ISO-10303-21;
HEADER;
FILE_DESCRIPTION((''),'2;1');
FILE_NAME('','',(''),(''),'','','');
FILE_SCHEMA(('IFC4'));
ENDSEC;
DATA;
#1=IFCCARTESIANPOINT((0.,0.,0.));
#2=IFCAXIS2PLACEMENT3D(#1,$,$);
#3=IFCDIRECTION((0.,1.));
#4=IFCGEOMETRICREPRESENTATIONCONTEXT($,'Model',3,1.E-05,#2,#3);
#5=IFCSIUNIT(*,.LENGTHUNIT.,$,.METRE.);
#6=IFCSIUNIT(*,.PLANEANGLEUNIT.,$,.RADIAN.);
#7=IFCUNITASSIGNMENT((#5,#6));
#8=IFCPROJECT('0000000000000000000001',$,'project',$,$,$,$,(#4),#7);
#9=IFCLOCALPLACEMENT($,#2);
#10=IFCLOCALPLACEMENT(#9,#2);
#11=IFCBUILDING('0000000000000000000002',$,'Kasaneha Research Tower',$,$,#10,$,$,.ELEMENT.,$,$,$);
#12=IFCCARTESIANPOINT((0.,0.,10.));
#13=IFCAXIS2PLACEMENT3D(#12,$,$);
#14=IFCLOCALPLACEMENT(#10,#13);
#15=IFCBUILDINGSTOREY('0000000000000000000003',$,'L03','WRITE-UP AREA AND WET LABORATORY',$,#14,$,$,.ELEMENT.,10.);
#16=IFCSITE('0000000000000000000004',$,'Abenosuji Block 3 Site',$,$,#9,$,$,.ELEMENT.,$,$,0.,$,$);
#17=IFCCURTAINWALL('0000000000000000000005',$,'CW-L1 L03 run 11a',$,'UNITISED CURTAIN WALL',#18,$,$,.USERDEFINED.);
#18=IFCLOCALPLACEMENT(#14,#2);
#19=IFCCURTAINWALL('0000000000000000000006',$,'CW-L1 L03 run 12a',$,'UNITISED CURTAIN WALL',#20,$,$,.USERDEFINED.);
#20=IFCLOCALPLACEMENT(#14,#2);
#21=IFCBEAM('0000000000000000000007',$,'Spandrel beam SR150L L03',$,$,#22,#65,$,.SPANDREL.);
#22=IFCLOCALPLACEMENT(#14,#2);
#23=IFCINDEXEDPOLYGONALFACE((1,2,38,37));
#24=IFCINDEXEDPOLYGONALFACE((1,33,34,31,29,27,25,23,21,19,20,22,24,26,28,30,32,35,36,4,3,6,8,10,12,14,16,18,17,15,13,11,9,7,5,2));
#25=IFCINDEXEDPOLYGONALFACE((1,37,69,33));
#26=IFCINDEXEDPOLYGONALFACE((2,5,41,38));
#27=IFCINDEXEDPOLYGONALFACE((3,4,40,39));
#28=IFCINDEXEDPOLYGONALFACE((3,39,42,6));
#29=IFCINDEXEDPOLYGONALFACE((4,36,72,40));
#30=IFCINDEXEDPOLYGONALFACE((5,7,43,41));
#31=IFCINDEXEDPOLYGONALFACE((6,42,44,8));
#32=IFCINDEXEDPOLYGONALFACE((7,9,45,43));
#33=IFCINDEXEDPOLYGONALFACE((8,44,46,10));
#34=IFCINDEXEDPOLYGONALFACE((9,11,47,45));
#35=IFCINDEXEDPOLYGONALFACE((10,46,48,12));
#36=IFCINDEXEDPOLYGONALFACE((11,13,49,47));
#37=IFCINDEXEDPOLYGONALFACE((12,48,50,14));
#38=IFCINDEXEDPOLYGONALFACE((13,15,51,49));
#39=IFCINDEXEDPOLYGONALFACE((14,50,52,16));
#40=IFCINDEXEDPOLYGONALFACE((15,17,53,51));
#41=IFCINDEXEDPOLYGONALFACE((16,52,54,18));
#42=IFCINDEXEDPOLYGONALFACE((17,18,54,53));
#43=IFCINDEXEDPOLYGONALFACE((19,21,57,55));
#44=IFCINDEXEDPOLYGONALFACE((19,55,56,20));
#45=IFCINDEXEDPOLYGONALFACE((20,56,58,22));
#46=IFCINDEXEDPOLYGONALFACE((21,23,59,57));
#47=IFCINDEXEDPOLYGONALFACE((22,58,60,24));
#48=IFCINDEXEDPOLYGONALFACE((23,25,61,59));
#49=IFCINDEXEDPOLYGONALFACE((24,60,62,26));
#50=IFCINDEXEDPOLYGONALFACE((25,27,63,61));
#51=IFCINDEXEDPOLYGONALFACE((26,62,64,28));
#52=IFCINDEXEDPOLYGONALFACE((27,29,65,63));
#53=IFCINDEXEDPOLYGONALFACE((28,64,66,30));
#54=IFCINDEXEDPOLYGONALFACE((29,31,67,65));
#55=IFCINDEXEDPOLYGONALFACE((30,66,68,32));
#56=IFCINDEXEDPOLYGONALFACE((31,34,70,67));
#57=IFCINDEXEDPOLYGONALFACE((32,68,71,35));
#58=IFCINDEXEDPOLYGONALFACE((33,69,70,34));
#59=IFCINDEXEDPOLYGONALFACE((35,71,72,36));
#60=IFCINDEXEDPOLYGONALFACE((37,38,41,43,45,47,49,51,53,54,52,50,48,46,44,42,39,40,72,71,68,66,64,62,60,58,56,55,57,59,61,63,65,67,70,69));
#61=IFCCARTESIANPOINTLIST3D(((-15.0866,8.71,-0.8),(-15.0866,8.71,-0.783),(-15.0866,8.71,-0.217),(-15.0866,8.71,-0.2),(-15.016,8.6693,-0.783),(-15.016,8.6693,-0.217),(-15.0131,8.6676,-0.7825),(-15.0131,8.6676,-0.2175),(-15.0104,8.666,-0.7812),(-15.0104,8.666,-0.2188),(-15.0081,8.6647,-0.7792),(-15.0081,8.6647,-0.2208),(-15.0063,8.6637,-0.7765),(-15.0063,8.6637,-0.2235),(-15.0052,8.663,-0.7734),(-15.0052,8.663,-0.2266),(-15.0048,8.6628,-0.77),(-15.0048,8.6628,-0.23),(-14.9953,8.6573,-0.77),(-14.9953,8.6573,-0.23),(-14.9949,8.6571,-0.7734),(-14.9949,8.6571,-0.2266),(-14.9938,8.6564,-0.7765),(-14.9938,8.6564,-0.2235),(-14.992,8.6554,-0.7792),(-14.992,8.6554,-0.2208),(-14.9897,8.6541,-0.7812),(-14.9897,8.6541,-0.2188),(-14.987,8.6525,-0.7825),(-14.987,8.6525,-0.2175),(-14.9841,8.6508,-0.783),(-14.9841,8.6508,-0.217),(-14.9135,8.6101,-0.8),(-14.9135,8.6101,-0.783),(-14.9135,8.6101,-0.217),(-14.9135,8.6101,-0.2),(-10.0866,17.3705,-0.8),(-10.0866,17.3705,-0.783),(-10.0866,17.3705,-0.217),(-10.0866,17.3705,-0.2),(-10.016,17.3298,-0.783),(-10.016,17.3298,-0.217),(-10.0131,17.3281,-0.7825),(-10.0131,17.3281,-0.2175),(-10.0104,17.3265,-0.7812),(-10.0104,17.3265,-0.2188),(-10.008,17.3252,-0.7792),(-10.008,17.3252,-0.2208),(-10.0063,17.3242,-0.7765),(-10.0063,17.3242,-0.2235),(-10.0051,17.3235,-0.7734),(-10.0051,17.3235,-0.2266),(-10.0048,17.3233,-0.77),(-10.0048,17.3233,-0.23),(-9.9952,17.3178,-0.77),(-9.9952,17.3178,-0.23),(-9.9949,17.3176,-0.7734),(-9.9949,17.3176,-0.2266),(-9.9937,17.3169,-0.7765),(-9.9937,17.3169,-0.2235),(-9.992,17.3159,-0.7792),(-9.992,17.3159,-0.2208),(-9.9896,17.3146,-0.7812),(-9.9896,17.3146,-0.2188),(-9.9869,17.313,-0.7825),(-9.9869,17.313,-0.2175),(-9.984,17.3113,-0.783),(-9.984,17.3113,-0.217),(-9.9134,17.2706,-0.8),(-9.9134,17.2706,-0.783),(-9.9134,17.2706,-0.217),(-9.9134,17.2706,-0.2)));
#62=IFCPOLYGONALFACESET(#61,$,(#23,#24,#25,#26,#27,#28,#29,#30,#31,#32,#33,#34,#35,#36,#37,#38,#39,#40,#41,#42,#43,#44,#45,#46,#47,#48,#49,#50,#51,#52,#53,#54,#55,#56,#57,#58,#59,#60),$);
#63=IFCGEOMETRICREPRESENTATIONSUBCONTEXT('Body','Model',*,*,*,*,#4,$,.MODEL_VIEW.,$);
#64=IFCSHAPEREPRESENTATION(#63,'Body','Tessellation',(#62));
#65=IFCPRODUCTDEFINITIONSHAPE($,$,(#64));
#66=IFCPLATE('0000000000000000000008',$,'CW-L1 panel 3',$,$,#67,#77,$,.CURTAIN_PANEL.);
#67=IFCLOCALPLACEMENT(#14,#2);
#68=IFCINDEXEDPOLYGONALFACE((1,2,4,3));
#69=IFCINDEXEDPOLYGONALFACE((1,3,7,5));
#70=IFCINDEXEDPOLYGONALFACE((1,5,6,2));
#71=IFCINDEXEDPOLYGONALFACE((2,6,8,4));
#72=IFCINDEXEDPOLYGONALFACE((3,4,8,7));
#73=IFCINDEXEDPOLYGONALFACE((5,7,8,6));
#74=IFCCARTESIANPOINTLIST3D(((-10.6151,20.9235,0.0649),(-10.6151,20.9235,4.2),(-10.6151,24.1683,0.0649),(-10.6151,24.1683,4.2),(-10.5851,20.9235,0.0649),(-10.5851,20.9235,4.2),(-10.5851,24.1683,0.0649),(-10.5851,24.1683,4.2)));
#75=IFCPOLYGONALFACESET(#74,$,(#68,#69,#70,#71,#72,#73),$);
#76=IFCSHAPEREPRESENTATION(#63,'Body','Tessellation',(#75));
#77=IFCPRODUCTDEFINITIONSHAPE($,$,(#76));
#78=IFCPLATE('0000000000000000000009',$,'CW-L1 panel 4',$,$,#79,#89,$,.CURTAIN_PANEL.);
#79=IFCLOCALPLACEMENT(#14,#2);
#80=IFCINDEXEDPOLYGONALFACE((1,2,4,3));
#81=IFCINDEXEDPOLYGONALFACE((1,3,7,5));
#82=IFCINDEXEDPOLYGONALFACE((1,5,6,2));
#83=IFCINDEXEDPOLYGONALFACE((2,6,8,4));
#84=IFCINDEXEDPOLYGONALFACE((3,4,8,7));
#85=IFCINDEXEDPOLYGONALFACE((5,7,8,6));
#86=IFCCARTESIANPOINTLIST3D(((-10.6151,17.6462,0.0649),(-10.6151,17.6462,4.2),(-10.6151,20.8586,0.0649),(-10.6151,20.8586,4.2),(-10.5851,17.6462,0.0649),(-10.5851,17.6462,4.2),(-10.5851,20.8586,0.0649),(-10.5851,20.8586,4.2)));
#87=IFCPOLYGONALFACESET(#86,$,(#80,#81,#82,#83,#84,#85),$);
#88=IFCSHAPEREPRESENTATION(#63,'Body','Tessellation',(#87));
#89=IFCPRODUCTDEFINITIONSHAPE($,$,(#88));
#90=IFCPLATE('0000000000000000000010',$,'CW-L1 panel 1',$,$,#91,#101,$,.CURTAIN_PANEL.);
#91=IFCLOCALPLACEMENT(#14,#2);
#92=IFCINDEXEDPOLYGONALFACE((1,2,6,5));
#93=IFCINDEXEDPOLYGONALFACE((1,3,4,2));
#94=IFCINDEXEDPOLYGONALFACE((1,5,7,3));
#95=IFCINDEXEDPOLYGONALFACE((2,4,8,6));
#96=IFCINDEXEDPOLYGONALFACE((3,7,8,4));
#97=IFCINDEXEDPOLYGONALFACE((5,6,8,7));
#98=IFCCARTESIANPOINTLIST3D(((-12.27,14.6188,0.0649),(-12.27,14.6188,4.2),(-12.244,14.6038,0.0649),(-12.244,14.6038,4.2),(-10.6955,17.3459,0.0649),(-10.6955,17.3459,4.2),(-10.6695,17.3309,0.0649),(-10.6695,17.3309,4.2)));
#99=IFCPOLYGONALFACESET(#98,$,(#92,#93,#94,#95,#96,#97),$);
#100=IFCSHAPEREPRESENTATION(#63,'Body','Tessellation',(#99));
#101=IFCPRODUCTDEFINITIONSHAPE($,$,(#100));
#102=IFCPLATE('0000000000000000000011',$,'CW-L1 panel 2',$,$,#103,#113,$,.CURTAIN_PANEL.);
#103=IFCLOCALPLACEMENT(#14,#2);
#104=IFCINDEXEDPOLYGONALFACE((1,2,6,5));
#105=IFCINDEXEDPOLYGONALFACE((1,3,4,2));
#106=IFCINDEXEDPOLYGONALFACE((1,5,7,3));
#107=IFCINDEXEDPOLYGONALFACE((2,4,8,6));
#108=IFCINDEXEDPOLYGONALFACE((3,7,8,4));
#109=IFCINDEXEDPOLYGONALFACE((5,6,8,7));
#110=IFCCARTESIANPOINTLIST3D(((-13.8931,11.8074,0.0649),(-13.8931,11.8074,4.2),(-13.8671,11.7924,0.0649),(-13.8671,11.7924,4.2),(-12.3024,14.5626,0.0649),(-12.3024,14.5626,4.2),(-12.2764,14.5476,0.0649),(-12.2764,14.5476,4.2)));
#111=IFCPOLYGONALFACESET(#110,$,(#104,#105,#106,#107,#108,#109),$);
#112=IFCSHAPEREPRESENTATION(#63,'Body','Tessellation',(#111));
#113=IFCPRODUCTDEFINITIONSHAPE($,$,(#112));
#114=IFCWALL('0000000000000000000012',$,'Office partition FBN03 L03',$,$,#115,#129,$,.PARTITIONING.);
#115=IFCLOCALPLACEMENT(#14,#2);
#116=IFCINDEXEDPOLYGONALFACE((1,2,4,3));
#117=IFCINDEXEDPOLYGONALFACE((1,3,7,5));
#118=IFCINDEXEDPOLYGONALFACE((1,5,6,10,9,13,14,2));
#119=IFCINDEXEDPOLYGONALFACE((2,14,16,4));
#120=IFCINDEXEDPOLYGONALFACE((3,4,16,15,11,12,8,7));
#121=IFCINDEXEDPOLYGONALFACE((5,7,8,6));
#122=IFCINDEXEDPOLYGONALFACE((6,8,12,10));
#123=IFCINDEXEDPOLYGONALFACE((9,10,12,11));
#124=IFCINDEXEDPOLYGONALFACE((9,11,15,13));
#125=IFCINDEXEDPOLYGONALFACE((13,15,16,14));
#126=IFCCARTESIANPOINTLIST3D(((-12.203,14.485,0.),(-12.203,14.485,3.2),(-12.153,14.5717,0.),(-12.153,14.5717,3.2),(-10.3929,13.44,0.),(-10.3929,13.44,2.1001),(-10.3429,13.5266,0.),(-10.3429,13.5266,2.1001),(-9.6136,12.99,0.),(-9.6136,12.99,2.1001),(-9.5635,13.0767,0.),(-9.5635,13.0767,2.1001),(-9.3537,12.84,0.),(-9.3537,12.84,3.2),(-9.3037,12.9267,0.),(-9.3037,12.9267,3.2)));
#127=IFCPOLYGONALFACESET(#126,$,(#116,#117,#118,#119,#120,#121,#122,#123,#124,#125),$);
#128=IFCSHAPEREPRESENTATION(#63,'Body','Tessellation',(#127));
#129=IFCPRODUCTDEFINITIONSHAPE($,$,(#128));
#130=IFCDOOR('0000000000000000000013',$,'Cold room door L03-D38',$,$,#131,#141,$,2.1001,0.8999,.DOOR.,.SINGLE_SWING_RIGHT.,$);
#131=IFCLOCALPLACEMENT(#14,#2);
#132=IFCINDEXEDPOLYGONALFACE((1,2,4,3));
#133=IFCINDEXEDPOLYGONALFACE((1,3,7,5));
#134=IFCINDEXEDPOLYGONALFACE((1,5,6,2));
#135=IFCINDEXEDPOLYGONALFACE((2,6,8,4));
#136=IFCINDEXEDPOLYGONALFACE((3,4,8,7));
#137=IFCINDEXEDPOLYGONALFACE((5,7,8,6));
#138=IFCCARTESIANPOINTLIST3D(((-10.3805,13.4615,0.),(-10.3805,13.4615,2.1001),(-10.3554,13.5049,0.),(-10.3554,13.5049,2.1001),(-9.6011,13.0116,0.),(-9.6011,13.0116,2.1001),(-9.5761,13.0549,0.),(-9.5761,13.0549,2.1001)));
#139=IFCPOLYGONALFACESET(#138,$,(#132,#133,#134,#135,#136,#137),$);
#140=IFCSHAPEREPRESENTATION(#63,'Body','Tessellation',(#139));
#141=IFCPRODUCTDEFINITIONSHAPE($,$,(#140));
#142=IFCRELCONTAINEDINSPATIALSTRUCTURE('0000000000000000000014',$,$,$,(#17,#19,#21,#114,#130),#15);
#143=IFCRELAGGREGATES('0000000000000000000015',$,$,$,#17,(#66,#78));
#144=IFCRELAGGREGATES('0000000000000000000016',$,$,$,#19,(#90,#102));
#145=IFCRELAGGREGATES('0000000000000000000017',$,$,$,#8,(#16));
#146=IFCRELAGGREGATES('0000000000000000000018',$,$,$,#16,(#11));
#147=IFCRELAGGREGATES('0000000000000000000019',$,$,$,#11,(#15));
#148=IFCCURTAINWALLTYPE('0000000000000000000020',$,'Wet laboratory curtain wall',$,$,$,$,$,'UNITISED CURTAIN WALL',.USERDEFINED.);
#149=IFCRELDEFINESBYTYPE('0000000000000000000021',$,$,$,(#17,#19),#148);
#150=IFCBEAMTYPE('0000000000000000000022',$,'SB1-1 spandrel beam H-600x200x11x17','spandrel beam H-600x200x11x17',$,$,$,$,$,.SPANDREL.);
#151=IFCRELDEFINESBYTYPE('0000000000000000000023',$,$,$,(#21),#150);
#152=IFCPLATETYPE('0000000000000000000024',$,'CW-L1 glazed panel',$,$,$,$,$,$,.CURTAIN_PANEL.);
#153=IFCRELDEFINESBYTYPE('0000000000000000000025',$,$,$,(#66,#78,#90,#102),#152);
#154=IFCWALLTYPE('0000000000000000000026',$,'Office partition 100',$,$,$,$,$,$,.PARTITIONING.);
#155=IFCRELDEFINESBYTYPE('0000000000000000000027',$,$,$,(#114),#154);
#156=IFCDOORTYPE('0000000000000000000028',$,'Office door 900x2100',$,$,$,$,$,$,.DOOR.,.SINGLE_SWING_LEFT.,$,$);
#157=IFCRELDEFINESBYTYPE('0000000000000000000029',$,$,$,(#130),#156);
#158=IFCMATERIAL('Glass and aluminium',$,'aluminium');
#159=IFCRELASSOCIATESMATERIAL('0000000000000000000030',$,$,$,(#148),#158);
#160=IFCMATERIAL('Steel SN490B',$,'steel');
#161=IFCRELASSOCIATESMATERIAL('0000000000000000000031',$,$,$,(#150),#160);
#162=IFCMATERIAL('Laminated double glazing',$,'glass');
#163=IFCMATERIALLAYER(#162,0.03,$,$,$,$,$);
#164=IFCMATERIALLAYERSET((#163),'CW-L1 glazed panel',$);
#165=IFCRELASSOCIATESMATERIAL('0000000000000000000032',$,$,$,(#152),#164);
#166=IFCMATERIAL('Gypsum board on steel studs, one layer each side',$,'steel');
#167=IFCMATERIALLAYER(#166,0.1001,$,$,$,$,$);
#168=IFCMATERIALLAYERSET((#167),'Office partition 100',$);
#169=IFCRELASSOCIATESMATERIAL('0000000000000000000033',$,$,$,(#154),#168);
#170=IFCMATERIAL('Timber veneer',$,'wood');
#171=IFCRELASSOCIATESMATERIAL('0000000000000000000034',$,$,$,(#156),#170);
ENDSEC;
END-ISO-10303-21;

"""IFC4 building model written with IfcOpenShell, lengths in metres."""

from ifc_helpers import new_model, si_unit, direction, frame, frame_2d, origin, origin_2d, place, context, subcontext, project, spatial, rectangle, i_section, extrude, material, layer, layer_set, material_profile, profile_set, type_object, element, fill, aggregate, save


model = new_model("IFC4")

# Units and contexts
model_context = context("Model", 3, precision=1e-05, world=origin(), true_north=direction((0.0, 1.0)))
body_context = subcontext(model_context, "Body", "Model", "MODEL_VIEW")
ifc_project = project(units=[si_unit("LENGTHUNIT", "METRE"), si_unit("PLANEANGLEUNIT", "RADIAN")], contexts=[model_context])

# Site, building, storey
site_placement = place(None, origin())
site = spatial("IfcSite", under=ifc_project, at=site_placement, Name="Abenosuji Block 3 Site", CompositionType="ELEMENT", RefElevation=0.0)
building_placement = place(site_placement, origin())
building = spatial("IfcBuilding", under=site, at=building_placement, Name="Kasaneha Research Tower", CompositionType="ELEMENT")
storey_placement = place(building_placement, frame((0.0, 0.0, 10.0)))
storey = spatial("IfcBuildingStorey", under=building, at=storey_placement, Name="L03", Description="WRITE-UP AREA AND WET LABORATORY", CompositionType="ELEMENT", Elevation=10.0)

# Curtain walls
ifc_material_1 = material(Name="Glass and aluminium", Category="aluminium")
curtain_wall_type = type_object("IfcCurtainWallType", Name="Wet laboratory curtain wall", ElementType="UNITISED CURTAIN WALL", PredefinedType="USERDEFINED", material=ifc_material_1)
curtain_wall_1_placement = place(storey_placement, origin())
curtain_wall_1 = element("IfcCurtainWall", 1, at=curtain_wall_1_placement, inside=storey, type_object=curtain_wall_type, Name="CW-L1 L03 run 11a", ObjectType="UNITISED CURTAIN WALL", PredefinedType="USERDEFINED")
curtain_wall_2_placement = place(storey_placement, origin())
curtain_wall_2 = element("IfcCurtainWall", 2, at=curtain_wall_2_placement, inside=storey, type_object=curtain_wall_type, Name="CW-L1 L03 run 12a", ObjectType="UNITISED CURTAIN WALL", PredefinedType="USERDEFINED")

# Beam
ifc_material_2 = material(Name="Steel SN490B", Category="steel")
ifc_material_profile_1 = material_profile(ifc_material_2, i_section(OverallWidth=0.2, OverallDepth=0.6001, WebThickness=0.011, FlangeThickness=0.0171, FilletRadius=0.0129, at=origin_2d()), Name="H-600x200x11x17")
ifc_profile_set_1 = profile_set([ifc_material_profile_1], Name="Steel SN490B")
beam_type_1 = type_object("IfcBeamType", Name="SB1-1 spandrel beam H-600x200x11x17", Description="spandrel beam H-600x200x11x17", PredefinedType="SPANDREL", material=ifc_profile_set_1)
beam_1_placement = place(storey_placement, frame((-10.0, 17.3206, -0.5), z_axis=(-0.499994, -0.866029, 0.0), x_axis=(0.866029, -0.499994, 0.0)))
element("IfcBeam", 3, at=beam_1_placement, inside=storey, type_object=beam_type_1, Name="Spandrel beam SR150L L03", PredefinedType="SPANDREL", context=body_context, shape_type="SweptSolid", body=[
    extrude(i_section(OverallWidth=0.2, OverallDepth=0.6001, WebThickness=0.011, FlangeThickness=0.0171, FilletRadius=0.0129, at=origin_2d()), origin(), (0.0, 0.0, 1.0), 10.0002),
])

# Plates
ifc_material_3 = material(Name="Laminated double glazing", Category="glass")
ifc_layer_1 = layer(ifc_material_3, 0.03)
ifc_layer_set_1 = layer_set([ifc_layer_1], Name="CW-L1 glazed panel")
plate_type = type_object("IfcPlateType", Name="CW-L1 glazed panel", PredefinedType="CURTAIN_PANEL", material=ifc_layer_set_1)
plate_1_placement = place(storey_placement, frame((-10.6001, 22.5459, 0.0649), z_axis=(0.0, 0.0, 1.0), x_axis=(0.0, -1.0, 0.0)))
plate_1 = element("IfcPlate", 4, at=plate_1_placement, type_object=plate_type, Name="CW-L1 panel 3", PredefinedType="CURTAIN_PANEL", context=body_context, shape_type="SweptSolid", body=[
    extrude(rectangle(XDim=3.2449, YDim=0.03, at=origin_2d()), origin(), (0.0, 0.0, 1.0), 4.135),
])
plate_2_placement = place(storey_placement, frame((-10.6001, 19.2524, 0.0649), z_axis=(0.0, 0.0, 1.0), x_axis=(0.0, -1.0, 0.0)))
plate_2 = element("IfcPlate", 5, at=plate_2_placement, type_object=plate_type, Name="CW-L1 panel 4", PredefinedType="CURTAIN_PANEL", context=body_context, shape_type="SweptSolid", body=[
    extrude(rectangle(XDim=3.2124, YDim=0.03, at=origin_2d()), origin(), (0.0, 0.0, 1.0), 4.135),
])
aggregate(curtain_wall_1, [plate_1, plate_2])
plate_3_placement = place(storey_placement, frame((-11.4697, 15.9749, 0.0649), z_axis=(0.0, 0.0, 1.0), x_axis=(-0.5, -0.866025, 0.0)))
plate_3 = element("IfcPlate", 6, at=plate_3_placement, type_object=plate_type, Name="CW-L1 panel 1", PredefinedType="CURTAIN_PANEL", context=body_context, shape_type="SweptSolid", body=[
    extrude(rectangle(XDim=3.1489, YDim=0.03, at=origin_2d()), origin(), (0.0, 0.0, 1.0), 4.135),
])
plate_4_placement = place(storey_placement, frame((-13.0847, 13.1775, 0.0649), z_axis=(0.0, 0.0, 1.0), x_axis=(-0.5, -0.866025, 0.0)))
plate_4 = element("IfcPlate", 7, at=plate_4_placement, type_object=plate_type, Name="CW-L1 panel 2", PredefinedType="CURTAIN_PANEL", context=body_context, shape_type="SweptSolid", body=[
    extrude(rectangle(XDim=3.1814, YDim=0.03, at=origin_2d()), origin(), (0.0, 0.0, 1.0), 4.135),
])
aggregate(curtain_wall_2, [plate_3, plate_4])

# Wall, opening, door
ifc_material_4 = material(Name="Gypsum board on steel studs, one layer each side", Category="steel")
ifc_layer_2 = layer(ifc_material_4, 0.1001)
ifc_layer_set_2 = layer_set([ifc_layer_2], Name="Office partition 100")
wall_type = type_object("IfcWallType", Name="Office partition 100", PredefinedType="PARTITIONING", material=ifc_layer_set_2)
wall_placement = place(storey_placement, frame((-12.178, 14.5283, 0.0), z_axis=(0.0, 0.0, 1.0), x_axis=(0.866034, -0.499986, 0.0)))
wall = element("IfcWall", 8, at=wall_placement, inside=storey, type_object=wall_type, Name="Office partition FBN03 L03", PredefinedType="PARTITIONING", context=body_context, shape_type="SweptSolid", body=[
    extrude(rectangle(XDim=3.29, YDim=0.1001, at=frame_2d((1.645, 0.0))), origin(), (0.0, 0.0, 1.0), 3.2),
])
opening_placement = place(wall_placement, frame((2.0901, 0.0, 0.0)))
opening = element("IfcOpeningElement", 9, at=opening_placement, cuts=wall, PredefinedType="OPENING", context=body_context, shape_type="SweptSolid", body=[
    extrude(rectangle(XDim=0.8999, YDim=2.1001, at=frame_2d((0.45, 1.05))), frame((0.0, 0.0601, 0.0), z_axis=(0.0, -1.0, 0.0), x_axis=(1.0, 0.0, 0.0)), (0.0, 0.0, 1.0), 0.1201),
])
ifc_material_5 = material(Name="Timber veneer", Category="wood")
door_type = type_object("IfcDoorType", Name="Office door 900x2100", OperationType="SINGLE_SWING_LEFT", PredefinedType="DOOR", material=ifc_material_5)
door_placement = place(opening_placement, origin())
door = element("IfcDoor", 10, at=door_placement, inside=storey, type_object=door_type, Name="Cold room door L03-D38", OperationType="SINGLE_SWING_RIGHT", OverallHeight=2.1001, OverallWidth=0.8999, PredefinedType="DOOR", context=body_context, shape_type="SweptSolid", body=[
    extrude(rectangle(XDim=0.8999, YDim=2.1001, at=frame_2d((0.45, 1.05))), frame((0.0, 0.0249, 0.0), z_axis=(0.0, -1.0, 0.0), x_axis=(1.0, 0.0, 0.0)), (0.0, 0.0, 1.0), 0.05),
])
fill(opening, door)

save(model, "model.ifc")
